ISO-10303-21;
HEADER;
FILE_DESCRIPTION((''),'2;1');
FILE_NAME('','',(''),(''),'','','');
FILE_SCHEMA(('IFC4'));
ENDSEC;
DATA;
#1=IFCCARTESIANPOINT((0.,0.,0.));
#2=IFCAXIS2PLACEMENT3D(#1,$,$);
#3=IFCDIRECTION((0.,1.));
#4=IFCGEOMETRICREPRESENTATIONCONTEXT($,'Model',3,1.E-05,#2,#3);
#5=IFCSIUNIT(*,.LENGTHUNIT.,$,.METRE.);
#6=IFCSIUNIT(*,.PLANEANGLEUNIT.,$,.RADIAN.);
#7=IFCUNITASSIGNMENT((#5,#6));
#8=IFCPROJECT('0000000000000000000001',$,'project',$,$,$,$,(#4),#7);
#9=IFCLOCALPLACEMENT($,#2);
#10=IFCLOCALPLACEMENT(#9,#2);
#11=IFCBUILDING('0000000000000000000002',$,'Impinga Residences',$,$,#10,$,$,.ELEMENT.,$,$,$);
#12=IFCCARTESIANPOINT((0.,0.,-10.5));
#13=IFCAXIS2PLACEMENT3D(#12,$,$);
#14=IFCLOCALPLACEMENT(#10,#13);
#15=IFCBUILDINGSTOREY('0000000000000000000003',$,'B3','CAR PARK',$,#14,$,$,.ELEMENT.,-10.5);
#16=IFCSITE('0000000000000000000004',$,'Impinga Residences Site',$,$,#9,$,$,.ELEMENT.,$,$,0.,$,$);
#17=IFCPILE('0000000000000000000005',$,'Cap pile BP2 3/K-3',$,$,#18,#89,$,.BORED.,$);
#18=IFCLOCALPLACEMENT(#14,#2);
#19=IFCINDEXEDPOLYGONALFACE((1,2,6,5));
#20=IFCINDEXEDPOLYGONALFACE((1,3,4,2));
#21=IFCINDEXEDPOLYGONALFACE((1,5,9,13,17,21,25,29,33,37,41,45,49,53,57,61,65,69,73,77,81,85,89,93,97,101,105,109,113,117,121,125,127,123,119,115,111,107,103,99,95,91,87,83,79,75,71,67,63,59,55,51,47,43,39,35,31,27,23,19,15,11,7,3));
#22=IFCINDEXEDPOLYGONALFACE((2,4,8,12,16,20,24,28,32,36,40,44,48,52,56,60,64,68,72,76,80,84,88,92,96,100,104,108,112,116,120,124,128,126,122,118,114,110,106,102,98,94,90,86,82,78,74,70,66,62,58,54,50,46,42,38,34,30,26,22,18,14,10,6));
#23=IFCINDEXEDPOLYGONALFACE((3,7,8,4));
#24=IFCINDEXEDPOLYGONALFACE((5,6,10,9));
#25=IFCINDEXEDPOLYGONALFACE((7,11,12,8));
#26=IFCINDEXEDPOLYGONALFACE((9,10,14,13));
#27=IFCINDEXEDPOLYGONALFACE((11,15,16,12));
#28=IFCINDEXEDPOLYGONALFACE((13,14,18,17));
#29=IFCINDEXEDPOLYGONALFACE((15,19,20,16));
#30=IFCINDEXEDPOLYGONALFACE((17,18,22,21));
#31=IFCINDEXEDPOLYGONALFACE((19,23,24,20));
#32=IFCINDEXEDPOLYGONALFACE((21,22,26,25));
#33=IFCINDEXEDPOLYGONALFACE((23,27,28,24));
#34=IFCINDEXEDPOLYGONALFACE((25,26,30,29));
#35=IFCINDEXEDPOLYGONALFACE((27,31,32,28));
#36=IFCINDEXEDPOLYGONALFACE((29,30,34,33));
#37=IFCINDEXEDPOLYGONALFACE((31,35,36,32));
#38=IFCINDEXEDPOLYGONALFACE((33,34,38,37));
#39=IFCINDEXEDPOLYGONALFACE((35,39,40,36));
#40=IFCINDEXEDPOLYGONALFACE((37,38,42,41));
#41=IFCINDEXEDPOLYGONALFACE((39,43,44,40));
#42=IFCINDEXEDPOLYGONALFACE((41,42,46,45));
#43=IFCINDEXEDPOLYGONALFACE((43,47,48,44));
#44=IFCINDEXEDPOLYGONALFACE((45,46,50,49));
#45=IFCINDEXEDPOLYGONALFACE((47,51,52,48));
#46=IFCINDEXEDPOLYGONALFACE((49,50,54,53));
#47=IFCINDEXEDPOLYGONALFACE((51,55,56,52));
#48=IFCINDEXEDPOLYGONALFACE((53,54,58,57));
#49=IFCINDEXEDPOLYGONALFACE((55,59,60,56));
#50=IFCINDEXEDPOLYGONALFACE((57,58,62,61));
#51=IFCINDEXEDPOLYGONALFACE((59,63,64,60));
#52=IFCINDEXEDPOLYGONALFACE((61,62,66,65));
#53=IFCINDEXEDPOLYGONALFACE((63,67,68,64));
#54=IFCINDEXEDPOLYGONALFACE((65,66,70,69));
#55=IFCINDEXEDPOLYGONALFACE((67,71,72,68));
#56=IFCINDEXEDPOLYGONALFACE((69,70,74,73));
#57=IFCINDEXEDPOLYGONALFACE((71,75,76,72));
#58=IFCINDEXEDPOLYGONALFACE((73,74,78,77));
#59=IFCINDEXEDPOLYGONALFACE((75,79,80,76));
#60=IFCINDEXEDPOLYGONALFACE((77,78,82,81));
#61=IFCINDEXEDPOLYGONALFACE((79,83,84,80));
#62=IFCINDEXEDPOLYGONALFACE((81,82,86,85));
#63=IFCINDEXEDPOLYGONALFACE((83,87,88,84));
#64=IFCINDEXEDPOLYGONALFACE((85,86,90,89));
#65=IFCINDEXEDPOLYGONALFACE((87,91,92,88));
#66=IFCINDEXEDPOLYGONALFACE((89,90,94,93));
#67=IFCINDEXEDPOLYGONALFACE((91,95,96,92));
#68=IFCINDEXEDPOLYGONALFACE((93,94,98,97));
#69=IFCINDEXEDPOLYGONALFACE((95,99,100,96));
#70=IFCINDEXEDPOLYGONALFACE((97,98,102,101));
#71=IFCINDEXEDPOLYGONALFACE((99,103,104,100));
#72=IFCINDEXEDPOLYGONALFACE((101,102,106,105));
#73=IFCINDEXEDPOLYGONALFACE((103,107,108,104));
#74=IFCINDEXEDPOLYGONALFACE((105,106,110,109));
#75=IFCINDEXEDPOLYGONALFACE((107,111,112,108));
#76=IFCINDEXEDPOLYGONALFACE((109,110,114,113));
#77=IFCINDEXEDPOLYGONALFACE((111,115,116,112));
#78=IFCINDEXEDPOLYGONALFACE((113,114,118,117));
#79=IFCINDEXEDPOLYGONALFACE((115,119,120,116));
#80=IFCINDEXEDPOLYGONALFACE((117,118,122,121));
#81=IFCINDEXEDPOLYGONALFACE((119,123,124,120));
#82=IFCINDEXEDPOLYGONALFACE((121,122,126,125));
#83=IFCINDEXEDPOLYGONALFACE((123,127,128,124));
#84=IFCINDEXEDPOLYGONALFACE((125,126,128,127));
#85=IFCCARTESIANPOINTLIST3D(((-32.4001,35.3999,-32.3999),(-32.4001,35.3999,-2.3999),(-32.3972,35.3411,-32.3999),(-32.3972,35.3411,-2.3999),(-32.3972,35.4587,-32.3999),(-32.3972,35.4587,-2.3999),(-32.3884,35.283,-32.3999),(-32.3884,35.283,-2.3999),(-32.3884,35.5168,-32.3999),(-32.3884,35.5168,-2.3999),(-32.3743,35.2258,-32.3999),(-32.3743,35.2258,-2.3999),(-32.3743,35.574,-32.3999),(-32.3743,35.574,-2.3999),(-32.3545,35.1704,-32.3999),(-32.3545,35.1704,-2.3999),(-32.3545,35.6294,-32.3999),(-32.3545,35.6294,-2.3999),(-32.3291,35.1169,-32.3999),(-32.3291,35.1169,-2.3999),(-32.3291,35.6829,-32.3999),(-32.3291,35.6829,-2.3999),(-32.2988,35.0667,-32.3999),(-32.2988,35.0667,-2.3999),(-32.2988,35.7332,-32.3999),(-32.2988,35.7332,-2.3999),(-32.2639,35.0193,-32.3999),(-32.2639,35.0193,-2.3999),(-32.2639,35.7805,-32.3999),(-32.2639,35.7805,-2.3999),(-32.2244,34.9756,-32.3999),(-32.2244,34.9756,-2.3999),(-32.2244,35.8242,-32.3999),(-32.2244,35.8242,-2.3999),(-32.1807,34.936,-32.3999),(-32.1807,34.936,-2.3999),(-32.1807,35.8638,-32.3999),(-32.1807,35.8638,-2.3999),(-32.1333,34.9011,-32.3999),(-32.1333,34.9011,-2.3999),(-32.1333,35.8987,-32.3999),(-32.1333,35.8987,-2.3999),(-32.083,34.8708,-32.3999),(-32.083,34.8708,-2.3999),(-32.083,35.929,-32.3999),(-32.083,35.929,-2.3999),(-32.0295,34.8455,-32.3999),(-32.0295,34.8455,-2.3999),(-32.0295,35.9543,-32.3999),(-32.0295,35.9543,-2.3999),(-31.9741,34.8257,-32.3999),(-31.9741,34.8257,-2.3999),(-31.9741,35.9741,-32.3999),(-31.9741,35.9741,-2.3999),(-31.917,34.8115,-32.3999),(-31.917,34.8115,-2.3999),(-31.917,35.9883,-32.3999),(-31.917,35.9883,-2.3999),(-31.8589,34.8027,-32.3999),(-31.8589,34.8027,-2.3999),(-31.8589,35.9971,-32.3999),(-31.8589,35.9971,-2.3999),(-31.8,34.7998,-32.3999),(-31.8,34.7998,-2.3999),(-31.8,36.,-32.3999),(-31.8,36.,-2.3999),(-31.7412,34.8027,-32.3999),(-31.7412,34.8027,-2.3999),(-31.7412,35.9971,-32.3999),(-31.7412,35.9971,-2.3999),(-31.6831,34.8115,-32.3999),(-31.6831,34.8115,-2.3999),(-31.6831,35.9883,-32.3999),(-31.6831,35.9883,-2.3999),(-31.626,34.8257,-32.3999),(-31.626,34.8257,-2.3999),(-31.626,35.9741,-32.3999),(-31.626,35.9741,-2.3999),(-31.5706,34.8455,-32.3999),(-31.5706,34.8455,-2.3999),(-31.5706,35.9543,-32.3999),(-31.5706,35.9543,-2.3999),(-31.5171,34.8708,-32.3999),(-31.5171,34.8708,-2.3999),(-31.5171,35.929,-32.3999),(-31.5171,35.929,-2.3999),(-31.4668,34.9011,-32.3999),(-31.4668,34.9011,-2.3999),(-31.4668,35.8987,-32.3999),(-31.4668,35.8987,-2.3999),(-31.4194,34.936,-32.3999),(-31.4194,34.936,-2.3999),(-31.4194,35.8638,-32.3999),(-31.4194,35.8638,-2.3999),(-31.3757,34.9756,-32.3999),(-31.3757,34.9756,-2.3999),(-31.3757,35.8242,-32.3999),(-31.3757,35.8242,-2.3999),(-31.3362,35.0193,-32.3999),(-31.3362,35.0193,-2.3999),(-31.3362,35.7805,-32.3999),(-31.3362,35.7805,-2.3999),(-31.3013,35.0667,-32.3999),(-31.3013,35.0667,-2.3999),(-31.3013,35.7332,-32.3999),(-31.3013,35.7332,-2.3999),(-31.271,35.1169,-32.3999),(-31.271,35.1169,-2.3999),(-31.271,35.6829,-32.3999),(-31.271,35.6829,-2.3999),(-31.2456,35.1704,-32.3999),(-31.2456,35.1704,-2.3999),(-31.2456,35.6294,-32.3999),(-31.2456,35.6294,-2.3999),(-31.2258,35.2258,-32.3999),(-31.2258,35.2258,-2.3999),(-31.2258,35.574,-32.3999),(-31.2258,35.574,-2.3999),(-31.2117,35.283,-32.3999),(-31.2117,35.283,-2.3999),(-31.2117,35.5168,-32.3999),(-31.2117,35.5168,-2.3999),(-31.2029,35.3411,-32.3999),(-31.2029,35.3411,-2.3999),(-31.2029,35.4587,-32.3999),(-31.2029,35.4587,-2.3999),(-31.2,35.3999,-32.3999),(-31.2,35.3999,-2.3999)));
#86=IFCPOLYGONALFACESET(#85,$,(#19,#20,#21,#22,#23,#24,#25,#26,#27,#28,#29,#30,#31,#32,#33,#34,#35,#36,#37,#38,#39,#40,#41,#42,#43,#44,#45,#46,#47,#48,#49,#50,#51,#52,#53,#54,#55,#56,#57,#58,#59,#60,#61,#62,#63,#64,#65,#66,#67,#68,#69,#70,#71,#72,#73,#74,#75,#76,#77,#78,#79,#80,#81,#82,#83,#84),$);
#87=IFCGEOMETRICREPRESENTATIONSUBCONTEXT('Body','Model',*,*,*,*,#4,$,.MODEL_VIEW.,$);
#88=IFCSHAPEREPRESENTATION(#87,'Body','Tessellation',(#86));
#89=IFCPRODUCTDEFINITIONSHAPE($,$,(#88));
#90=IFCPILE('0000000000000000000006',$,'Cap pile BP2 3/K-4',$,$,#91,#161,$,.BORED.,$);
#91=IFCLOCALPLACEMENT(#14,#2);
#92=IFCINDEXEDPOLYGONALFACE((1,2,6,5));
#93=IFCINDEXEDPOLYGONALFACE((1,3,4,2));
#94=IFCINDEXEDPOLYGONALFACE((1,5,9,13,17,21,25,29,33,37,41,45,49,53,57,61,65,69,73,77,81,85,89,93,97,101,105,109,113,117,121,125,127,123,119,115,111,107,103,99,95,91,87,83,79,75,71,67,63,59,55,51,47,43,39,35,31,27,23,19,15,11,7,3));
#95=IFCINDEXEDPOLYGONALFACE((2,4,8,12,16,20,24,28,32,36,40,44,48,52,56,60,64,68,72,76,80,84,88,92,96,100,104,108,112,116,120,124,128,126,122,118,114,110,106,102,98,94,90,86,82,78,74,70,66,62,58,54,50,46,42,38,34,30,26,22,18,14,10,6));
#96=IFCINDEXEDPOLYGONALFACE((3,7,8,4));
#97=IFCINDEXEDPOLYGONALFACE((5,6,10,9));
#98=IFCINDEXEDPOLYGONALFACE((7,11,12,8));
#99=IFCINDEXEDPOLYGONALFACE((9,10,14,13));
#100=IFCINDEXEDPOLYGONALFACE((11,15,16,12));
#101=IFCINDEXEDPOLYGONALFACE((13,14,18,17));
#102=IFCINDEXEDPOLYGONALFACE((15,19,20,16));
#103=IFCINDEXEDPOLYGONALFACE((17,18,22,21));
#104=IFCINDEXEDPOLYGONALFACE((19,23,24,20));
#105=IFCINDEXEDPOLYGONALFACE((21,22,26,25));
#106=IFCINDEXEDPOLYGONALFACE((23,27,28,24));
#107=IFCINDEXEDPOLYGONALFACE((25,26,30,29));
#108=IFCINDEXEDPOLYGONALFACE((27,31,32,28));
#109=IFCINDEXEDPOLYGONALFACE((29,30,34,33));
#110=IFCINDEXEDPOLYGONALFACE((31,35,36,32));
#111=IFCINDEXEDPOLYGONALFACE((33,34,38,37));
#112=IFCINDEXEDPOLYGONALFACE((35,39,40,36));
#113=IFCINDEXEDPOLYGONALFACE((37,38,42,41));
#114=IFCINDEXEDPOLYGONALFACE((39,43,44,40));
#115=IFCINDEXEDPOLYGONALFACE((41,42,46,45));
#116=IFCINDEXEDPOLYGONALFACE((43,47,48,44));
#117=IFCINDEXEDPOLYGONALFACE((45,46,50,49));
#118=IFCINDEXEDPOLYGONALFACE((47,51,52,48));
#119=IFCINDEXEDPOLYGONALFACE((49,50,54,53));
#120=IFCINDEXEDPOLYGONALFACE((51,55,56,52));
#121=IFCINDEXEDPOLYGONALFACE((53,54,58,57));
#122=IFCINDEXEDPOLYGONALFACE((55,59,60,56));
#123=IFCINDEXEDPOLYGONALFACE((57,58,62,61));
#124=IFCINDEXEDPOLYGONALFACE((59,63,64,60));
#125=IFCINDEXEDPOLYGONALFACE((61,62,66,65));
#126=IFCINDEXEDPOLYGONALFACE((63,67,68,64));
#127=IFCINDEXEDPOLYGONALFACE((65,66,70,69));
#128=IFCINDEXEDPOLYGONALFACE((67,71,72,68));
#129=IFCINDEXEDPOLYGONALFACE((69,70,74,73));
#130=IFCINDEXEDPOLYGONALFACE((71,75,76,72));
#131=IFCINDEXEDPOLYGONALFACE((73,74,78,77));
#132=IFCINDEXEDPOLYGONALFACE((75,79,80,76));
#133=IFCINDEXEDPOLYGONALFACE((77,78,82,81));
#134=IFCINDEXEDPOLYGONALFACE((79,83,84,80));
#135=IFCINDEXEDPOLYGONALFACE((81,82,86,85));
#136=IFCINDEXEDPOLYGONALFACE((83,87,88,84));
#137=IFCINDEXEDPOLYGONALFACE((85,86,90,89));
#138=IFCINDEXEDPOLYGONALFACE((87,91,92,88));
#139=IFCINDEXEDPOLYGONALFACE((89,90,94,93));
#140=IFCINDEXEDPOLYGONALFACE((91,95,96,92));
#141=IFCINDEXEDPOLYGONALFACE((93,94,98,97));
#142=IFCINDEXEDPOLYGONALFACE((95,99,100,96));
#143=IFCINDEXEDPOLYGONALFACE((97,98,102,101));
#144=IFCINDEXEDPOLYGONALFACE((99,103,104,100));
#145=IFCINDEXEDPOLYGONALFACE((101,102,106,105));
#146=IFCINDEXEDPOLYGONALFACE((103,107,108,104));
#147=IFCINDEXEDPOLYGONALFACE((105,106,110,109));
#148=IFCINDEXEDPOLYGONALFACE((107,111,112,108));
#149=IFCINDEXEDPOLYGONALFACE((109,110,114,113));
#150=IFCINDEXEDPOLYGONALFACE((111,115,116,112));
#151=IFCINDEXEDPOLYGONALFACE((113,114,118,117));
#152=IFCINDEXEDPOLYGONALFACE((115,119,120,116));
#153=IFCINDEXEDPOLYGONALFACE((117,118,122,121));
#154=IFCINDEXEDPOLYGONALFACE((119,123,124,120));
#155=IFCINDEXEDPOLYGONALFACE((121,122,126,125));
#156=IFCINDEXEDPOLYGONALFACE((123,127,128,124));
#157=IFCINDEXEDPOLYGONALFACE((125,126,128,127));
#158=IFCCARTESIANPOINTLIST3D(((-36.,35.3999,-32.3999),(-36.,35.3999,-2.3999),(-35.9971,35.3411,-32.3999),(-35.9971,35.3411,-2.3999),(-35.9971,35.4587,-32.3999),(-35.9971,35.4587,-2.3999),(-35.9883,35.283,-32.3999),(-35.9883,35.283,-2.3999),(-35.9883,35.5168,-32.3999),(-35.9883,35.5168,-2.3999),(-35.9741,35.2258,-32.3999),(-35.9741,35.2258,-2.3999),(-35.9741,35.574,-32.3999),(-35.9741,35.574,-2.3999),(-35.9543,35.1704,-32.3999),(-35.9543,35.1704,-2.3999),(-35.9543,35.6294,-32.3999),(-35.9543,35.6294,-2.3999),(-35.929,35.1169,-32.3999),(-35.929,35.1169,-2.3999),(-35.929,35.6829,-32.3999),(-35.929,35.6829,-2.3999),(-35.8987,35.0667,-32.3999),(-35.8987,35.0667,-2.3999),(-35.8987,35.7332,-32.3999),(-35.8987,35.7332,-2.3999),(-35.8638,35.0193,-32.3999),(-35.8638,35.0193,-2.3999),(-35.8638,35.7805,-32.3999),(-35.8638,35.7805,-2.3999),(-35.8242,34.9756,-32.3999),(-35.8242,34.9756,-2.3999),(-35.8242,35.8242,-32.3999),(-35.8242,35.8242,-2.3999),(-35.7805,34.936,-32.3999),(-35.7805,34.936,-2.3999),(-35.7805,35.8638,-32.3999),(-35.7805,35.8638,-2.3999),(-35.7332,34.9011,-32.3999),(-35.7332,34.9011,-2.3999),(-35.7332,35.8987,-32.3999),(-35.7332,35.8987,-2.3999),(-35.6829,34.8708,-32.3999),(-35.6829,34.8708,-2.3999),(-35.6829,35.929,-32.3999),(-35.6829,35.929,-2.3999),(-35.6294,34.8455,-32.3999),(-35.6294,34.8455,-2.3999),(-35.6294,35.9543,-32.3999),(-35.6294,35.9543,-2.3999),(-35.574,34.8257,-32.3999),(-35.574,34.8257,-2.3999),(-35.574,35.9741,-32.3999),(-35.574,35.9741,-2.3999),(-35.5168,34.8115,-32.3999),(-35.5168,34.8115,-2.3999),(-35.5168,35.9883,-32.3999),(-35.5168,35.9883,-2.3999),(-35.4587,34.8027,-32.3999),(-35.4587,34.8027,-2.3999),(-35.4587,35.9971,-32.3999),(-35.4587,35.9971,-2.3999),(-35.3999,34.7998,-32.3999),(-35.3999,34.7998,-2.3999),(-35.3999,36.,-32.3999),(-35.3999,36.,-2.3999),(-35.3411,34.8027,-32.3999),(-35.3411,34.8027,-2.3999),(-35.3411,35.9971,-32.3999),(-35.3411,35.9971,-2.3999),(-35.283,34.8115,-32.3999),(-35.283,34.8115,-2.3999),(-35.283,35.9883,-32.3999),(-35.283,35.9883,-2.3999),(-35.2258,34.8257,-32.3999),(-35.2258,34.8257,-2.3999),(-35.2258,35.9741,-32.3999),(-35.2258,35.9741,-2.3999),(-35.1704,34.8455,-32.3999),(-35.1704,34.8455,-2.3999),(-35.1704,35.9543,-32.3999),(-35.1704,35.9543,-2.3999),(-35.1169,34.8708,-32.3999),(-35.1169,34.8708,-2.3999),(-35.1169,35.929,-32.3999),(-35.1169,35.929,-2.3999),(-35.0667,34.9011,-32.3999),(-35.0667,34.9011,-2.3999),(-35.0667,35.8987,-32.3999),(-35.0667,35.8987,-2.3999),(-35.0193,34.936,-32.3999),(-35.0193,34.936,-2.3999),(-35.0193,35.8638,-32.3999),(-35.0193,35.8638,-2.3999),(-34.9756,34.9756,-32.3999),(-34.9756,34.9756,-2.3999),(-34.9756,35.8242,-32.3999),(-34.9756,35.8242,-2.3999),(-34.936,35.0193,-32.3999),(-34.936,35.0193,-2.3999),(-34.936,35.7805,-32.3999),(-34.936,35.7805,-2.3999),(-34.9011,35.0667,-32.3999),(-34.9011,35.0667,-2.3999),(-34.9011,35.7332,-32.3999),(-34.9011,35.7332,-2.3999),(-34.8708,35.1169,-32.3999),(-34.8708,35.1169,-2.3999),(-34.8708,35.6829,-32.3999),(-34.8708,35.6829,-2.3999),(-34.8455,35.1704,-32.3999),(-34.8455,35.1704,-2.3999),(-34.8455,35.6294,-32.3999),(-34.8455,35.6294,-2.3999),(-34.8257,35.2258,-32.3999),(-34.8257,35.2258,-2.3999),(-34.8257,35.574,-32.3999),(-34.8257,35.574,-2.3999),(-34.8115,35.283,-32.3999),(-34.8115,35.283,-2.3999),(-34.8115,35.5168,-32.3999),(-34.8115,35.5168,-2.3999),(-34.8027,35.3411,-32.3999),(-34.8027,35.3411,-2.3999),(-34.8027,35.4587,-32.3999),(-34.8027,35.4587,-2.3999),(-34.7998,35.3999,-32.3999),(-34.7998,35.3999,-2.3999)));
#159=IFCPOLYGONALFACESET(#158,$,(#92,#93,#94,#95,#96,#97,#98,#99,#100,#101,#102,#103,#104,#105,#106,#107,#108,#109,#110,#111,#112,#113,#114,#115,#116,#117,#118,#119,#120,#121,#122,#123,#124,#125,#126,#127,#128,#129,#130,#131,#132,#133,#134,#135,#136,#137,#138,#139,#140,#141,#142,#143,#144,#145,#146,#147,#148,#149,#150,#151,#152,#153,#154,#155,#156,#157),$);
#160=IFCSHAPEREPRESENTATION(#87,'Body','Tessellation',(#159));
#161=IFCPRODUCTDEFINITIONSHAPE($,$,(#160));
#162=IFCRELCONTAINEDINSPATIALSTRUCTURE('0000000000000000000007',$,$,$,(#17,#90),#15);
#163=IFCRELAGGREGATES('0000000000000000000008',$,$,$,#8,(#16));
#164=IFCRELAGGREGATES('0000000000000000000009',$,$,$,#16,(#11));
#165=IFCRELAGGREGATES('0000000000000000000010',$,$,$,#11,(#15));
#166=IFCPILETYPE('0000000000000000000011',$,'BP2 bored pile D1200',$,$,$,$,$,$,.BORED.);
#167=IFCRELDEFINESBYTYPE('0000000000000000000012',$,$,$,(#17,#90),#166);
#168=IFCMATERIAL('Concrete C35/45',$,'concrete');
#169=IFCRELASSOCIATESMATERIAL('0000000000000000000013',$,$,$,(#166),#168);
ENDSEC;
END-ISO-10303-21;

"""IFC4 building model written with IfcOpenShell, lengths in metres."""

from ifc_helpers import new_model, si_unit, direction, frame, origin, origin_2d, place, context, subcontext, project, spatial, polyline, circle, outline, extrude, material, material_profile, profile_set, type_object, element, save


model = new_model("IFC4")

# Units and contexts
model_context = context("Model", 3, precision=1e-05, world=origin(), true_north=direction((0.0, 1.0)))
body_context = subcontext(model_context, "Body", "Model", "MODEL_VIEW")
ifc_project = project(units=[si_unit("LENGTHUNIT", "METRE"), si_unit("PLANEANGLEUNIT", "RADIAN")], contexts=[model_context])

# Site, building, storey
site_placement = place(None, origin())
site = spatial("IfcSite", under=ifc_project, at=site_placement, Name="Impinga Residences Site", CompositionType="ELEMENT", RefElevation=0.0)
building_placement = place(site_placement, origin())
building = spatial("IfcBuilding", under=site, at=building_placement, Name="Impinga Residences", CompositionType="ELEMENT")
storey_placement = place(building_placement, frame((0.0, 0.0, -10.5)))
storey = spatial("IfcBuildingStorey", under=building, at=storey_placement, Name="B3", Description="CAR PARK", CompositionType="ELEMENT", Elevation=-10.5)

# Piles
ifc_material_1 = material(Name="Concrete C35/45", Category="concrete")
ifc_material_profile_1 = material_profile(ifc_material_1, circle(Radius=0.6001, at=origin_2d()), Name="D1200")
ifc_profile_set_1 = profile_set([ifc_material_profile_1], Name="Concrete C35/45")
pile_type = type_object("IfcPileType", Name="BP2 bored pile D1200", PredefinedType="BORED", material=ifc_profile_set_1)
pile_1_placement = place(storey_placement, frame((-31.8, 35.3999, -2.3999), z_axis=(0.0, 0.0, -1.0), x_axis=(1.0, 0.0, 0.0)))
element("IfcPile", 1, at=pile_1_placement, inside=storey, type_object=pile_type, Name="Cap pile BP2 3/K-3", PredefinedType="BORED", context=body_context, shape_type="SweptSolid", body=[
    extrude(outline(polyline([(0.6001, 0.0), (0.5972, 0.0588), (0.5884, 0.1169), (0.5742, 0.1741), (0.5544, 0.2295), (0.5291, 0.283), (0.4988, 0.3333), (0.4639, 0.3806), (0.4243, 0.4243), (0.3806, 0.4639), (0.3333, 0.4988), (0.283, 0.5291), (0.2295, 0.5544), (0.1741, 0.5742), (0.1169, 0.5884), (0.0588, 0.5972), (0.0, 0.6001), (-0.0588, 0.5972), (-0.1169, 0.5884), (-0.1741, 0.5742), (-0.2295, 0.5544), (-0.283, 0.5291), (-0.3333, 0.4988), (-0.3806, 0.4639), (-0.4243, 0.4243), (-0.4639, 0.3806), (-0.4988, 0.3333), (-0.5291, 0.283), (-0.5544, 0.2295), (-0.5742, 0.1741), (-0.5884, 0.1169), (-0.5972, 0.0588), (-0.6001, 0.0), (-0.5972, -0.0588), (-0.5884, -0.1169), (-0.5742, -0.1741), (-0.5544, -0.2295), (-0.5291, -0.283), (-0.4988, -0.3333), (-0.4639, -0.3806), (-0.4243, -0.4243), (-0.3806, -0.4639), (-0.3333, -0.4988), (-0.283, -0.5291), (-0.2295, -0.5544), (-0.1741, -0.5742), (-0.1169, -0.5884), (-0.0588, -0.5972), (0.0, -0.6001), (0.0588, -0.5972), (0.1169, -0.5884), (0.1741, -0.5742), (0.2295, -0.5544), (0.283, -0.5291), (0.3333, -0.4988), (0.3806, -0.4639), (0.4243, -0.4243), (0.4639, -0.3806), (0.4988, -0.3333), (0.5291, -0.283), (0.5544, -0.2295), (0.5742, -0.1741), (0.5884, -0.1169), (0.5972, -0.0588), (0.6001, 0.0)])), origin(), (0.0, 0.0, 1.0), 30.0),
])
pile_2_placement = place(storey_placement, frame((-35.3999, 35.3999, -2.3999), z_axis=(0.0, 0.0, -1.0), x_axis=(1.0, 0.0, 0.0)))
element("IfcPile", 2, at=pile_2_placement, inside=storey, type_object=pile_type, Name="Cap pile BP2 3/K-4", PredefinedType="BORED", context=body_context, shape_type="SweptSolid", body=[
    extrude(outline(polyline([(0.6001, 0.0), (0.5972, 0.0588), (0.5884, 0.1169), (0.5742, 0.1741), (0.5544, 0.2295), (0.5291, 0.283), (0.4988, 0.3333), (0.4639, 0.3806), (0.4243, 0.4243), (0.3806, 0.4639), (0.3333, 0.4988), (0.283, 0.5291), (0.2295, 0.5544), (0.1741, 0.5742), (0.1169, 0.5884), (0.0588, 0.5972), (0.0, 0.6001), (-0.0588, 0.5972), (-0.1169, 0.5884), (-0.1741, 0.5742), (-0.2295, 0.5544), (-0.283, 0.5291), (-0.3333, 0.4988), (-0.3806, 0.4639), (-0.4243, 0.4243), (-0.4639, 0.3806), (-0.4988, 0.3333), (-0.5291, 0.283), (-0.5544, 0.2295), (-0.5742, 0.1741), (-0.5884, 0.1169), (-0.5972, 0.0588), (-0.6001, 0.0), (-0.5972, -0.0588), (-0.5884, -0.1169), (-0.5742, -0.1741), (-0.5544, -0.2295), (-0.5291, -0.283), (-0.4988, -0.3333), (-0.4639, -0.3806), (-0.4243, -0.4243), (-0.3806, -0.4639), (-0.3333, -0.4988), (-0.283, -0.5291), (-0.2295, -0.5544), (-0.1741, -0.5742), (-0.1169, -0.5884), (-0.0588, -0.5972), (0.0, -0.6001), (0.0588, -0.5972), (0.1169, -0.5884), (0.1741, -0.5742), (0.2295, -0.5544), (0.283, -0.5291), (0.3333, -0.4988), (0.3806, -0.4639), (0.4243, -0.4243), (0.4639, -0.3806), (0.4988, -0.3333), (0.5291, -0.283), (0.5544, -0.2295), (0.5742, -0.1741), (0.5884, -0.1169), (0.5972, -0.0588), (0.6001, 0.0)])), origin(), (0.0, 0.0, 1.0), 30.0),
])

save(model, "model.ifc")
